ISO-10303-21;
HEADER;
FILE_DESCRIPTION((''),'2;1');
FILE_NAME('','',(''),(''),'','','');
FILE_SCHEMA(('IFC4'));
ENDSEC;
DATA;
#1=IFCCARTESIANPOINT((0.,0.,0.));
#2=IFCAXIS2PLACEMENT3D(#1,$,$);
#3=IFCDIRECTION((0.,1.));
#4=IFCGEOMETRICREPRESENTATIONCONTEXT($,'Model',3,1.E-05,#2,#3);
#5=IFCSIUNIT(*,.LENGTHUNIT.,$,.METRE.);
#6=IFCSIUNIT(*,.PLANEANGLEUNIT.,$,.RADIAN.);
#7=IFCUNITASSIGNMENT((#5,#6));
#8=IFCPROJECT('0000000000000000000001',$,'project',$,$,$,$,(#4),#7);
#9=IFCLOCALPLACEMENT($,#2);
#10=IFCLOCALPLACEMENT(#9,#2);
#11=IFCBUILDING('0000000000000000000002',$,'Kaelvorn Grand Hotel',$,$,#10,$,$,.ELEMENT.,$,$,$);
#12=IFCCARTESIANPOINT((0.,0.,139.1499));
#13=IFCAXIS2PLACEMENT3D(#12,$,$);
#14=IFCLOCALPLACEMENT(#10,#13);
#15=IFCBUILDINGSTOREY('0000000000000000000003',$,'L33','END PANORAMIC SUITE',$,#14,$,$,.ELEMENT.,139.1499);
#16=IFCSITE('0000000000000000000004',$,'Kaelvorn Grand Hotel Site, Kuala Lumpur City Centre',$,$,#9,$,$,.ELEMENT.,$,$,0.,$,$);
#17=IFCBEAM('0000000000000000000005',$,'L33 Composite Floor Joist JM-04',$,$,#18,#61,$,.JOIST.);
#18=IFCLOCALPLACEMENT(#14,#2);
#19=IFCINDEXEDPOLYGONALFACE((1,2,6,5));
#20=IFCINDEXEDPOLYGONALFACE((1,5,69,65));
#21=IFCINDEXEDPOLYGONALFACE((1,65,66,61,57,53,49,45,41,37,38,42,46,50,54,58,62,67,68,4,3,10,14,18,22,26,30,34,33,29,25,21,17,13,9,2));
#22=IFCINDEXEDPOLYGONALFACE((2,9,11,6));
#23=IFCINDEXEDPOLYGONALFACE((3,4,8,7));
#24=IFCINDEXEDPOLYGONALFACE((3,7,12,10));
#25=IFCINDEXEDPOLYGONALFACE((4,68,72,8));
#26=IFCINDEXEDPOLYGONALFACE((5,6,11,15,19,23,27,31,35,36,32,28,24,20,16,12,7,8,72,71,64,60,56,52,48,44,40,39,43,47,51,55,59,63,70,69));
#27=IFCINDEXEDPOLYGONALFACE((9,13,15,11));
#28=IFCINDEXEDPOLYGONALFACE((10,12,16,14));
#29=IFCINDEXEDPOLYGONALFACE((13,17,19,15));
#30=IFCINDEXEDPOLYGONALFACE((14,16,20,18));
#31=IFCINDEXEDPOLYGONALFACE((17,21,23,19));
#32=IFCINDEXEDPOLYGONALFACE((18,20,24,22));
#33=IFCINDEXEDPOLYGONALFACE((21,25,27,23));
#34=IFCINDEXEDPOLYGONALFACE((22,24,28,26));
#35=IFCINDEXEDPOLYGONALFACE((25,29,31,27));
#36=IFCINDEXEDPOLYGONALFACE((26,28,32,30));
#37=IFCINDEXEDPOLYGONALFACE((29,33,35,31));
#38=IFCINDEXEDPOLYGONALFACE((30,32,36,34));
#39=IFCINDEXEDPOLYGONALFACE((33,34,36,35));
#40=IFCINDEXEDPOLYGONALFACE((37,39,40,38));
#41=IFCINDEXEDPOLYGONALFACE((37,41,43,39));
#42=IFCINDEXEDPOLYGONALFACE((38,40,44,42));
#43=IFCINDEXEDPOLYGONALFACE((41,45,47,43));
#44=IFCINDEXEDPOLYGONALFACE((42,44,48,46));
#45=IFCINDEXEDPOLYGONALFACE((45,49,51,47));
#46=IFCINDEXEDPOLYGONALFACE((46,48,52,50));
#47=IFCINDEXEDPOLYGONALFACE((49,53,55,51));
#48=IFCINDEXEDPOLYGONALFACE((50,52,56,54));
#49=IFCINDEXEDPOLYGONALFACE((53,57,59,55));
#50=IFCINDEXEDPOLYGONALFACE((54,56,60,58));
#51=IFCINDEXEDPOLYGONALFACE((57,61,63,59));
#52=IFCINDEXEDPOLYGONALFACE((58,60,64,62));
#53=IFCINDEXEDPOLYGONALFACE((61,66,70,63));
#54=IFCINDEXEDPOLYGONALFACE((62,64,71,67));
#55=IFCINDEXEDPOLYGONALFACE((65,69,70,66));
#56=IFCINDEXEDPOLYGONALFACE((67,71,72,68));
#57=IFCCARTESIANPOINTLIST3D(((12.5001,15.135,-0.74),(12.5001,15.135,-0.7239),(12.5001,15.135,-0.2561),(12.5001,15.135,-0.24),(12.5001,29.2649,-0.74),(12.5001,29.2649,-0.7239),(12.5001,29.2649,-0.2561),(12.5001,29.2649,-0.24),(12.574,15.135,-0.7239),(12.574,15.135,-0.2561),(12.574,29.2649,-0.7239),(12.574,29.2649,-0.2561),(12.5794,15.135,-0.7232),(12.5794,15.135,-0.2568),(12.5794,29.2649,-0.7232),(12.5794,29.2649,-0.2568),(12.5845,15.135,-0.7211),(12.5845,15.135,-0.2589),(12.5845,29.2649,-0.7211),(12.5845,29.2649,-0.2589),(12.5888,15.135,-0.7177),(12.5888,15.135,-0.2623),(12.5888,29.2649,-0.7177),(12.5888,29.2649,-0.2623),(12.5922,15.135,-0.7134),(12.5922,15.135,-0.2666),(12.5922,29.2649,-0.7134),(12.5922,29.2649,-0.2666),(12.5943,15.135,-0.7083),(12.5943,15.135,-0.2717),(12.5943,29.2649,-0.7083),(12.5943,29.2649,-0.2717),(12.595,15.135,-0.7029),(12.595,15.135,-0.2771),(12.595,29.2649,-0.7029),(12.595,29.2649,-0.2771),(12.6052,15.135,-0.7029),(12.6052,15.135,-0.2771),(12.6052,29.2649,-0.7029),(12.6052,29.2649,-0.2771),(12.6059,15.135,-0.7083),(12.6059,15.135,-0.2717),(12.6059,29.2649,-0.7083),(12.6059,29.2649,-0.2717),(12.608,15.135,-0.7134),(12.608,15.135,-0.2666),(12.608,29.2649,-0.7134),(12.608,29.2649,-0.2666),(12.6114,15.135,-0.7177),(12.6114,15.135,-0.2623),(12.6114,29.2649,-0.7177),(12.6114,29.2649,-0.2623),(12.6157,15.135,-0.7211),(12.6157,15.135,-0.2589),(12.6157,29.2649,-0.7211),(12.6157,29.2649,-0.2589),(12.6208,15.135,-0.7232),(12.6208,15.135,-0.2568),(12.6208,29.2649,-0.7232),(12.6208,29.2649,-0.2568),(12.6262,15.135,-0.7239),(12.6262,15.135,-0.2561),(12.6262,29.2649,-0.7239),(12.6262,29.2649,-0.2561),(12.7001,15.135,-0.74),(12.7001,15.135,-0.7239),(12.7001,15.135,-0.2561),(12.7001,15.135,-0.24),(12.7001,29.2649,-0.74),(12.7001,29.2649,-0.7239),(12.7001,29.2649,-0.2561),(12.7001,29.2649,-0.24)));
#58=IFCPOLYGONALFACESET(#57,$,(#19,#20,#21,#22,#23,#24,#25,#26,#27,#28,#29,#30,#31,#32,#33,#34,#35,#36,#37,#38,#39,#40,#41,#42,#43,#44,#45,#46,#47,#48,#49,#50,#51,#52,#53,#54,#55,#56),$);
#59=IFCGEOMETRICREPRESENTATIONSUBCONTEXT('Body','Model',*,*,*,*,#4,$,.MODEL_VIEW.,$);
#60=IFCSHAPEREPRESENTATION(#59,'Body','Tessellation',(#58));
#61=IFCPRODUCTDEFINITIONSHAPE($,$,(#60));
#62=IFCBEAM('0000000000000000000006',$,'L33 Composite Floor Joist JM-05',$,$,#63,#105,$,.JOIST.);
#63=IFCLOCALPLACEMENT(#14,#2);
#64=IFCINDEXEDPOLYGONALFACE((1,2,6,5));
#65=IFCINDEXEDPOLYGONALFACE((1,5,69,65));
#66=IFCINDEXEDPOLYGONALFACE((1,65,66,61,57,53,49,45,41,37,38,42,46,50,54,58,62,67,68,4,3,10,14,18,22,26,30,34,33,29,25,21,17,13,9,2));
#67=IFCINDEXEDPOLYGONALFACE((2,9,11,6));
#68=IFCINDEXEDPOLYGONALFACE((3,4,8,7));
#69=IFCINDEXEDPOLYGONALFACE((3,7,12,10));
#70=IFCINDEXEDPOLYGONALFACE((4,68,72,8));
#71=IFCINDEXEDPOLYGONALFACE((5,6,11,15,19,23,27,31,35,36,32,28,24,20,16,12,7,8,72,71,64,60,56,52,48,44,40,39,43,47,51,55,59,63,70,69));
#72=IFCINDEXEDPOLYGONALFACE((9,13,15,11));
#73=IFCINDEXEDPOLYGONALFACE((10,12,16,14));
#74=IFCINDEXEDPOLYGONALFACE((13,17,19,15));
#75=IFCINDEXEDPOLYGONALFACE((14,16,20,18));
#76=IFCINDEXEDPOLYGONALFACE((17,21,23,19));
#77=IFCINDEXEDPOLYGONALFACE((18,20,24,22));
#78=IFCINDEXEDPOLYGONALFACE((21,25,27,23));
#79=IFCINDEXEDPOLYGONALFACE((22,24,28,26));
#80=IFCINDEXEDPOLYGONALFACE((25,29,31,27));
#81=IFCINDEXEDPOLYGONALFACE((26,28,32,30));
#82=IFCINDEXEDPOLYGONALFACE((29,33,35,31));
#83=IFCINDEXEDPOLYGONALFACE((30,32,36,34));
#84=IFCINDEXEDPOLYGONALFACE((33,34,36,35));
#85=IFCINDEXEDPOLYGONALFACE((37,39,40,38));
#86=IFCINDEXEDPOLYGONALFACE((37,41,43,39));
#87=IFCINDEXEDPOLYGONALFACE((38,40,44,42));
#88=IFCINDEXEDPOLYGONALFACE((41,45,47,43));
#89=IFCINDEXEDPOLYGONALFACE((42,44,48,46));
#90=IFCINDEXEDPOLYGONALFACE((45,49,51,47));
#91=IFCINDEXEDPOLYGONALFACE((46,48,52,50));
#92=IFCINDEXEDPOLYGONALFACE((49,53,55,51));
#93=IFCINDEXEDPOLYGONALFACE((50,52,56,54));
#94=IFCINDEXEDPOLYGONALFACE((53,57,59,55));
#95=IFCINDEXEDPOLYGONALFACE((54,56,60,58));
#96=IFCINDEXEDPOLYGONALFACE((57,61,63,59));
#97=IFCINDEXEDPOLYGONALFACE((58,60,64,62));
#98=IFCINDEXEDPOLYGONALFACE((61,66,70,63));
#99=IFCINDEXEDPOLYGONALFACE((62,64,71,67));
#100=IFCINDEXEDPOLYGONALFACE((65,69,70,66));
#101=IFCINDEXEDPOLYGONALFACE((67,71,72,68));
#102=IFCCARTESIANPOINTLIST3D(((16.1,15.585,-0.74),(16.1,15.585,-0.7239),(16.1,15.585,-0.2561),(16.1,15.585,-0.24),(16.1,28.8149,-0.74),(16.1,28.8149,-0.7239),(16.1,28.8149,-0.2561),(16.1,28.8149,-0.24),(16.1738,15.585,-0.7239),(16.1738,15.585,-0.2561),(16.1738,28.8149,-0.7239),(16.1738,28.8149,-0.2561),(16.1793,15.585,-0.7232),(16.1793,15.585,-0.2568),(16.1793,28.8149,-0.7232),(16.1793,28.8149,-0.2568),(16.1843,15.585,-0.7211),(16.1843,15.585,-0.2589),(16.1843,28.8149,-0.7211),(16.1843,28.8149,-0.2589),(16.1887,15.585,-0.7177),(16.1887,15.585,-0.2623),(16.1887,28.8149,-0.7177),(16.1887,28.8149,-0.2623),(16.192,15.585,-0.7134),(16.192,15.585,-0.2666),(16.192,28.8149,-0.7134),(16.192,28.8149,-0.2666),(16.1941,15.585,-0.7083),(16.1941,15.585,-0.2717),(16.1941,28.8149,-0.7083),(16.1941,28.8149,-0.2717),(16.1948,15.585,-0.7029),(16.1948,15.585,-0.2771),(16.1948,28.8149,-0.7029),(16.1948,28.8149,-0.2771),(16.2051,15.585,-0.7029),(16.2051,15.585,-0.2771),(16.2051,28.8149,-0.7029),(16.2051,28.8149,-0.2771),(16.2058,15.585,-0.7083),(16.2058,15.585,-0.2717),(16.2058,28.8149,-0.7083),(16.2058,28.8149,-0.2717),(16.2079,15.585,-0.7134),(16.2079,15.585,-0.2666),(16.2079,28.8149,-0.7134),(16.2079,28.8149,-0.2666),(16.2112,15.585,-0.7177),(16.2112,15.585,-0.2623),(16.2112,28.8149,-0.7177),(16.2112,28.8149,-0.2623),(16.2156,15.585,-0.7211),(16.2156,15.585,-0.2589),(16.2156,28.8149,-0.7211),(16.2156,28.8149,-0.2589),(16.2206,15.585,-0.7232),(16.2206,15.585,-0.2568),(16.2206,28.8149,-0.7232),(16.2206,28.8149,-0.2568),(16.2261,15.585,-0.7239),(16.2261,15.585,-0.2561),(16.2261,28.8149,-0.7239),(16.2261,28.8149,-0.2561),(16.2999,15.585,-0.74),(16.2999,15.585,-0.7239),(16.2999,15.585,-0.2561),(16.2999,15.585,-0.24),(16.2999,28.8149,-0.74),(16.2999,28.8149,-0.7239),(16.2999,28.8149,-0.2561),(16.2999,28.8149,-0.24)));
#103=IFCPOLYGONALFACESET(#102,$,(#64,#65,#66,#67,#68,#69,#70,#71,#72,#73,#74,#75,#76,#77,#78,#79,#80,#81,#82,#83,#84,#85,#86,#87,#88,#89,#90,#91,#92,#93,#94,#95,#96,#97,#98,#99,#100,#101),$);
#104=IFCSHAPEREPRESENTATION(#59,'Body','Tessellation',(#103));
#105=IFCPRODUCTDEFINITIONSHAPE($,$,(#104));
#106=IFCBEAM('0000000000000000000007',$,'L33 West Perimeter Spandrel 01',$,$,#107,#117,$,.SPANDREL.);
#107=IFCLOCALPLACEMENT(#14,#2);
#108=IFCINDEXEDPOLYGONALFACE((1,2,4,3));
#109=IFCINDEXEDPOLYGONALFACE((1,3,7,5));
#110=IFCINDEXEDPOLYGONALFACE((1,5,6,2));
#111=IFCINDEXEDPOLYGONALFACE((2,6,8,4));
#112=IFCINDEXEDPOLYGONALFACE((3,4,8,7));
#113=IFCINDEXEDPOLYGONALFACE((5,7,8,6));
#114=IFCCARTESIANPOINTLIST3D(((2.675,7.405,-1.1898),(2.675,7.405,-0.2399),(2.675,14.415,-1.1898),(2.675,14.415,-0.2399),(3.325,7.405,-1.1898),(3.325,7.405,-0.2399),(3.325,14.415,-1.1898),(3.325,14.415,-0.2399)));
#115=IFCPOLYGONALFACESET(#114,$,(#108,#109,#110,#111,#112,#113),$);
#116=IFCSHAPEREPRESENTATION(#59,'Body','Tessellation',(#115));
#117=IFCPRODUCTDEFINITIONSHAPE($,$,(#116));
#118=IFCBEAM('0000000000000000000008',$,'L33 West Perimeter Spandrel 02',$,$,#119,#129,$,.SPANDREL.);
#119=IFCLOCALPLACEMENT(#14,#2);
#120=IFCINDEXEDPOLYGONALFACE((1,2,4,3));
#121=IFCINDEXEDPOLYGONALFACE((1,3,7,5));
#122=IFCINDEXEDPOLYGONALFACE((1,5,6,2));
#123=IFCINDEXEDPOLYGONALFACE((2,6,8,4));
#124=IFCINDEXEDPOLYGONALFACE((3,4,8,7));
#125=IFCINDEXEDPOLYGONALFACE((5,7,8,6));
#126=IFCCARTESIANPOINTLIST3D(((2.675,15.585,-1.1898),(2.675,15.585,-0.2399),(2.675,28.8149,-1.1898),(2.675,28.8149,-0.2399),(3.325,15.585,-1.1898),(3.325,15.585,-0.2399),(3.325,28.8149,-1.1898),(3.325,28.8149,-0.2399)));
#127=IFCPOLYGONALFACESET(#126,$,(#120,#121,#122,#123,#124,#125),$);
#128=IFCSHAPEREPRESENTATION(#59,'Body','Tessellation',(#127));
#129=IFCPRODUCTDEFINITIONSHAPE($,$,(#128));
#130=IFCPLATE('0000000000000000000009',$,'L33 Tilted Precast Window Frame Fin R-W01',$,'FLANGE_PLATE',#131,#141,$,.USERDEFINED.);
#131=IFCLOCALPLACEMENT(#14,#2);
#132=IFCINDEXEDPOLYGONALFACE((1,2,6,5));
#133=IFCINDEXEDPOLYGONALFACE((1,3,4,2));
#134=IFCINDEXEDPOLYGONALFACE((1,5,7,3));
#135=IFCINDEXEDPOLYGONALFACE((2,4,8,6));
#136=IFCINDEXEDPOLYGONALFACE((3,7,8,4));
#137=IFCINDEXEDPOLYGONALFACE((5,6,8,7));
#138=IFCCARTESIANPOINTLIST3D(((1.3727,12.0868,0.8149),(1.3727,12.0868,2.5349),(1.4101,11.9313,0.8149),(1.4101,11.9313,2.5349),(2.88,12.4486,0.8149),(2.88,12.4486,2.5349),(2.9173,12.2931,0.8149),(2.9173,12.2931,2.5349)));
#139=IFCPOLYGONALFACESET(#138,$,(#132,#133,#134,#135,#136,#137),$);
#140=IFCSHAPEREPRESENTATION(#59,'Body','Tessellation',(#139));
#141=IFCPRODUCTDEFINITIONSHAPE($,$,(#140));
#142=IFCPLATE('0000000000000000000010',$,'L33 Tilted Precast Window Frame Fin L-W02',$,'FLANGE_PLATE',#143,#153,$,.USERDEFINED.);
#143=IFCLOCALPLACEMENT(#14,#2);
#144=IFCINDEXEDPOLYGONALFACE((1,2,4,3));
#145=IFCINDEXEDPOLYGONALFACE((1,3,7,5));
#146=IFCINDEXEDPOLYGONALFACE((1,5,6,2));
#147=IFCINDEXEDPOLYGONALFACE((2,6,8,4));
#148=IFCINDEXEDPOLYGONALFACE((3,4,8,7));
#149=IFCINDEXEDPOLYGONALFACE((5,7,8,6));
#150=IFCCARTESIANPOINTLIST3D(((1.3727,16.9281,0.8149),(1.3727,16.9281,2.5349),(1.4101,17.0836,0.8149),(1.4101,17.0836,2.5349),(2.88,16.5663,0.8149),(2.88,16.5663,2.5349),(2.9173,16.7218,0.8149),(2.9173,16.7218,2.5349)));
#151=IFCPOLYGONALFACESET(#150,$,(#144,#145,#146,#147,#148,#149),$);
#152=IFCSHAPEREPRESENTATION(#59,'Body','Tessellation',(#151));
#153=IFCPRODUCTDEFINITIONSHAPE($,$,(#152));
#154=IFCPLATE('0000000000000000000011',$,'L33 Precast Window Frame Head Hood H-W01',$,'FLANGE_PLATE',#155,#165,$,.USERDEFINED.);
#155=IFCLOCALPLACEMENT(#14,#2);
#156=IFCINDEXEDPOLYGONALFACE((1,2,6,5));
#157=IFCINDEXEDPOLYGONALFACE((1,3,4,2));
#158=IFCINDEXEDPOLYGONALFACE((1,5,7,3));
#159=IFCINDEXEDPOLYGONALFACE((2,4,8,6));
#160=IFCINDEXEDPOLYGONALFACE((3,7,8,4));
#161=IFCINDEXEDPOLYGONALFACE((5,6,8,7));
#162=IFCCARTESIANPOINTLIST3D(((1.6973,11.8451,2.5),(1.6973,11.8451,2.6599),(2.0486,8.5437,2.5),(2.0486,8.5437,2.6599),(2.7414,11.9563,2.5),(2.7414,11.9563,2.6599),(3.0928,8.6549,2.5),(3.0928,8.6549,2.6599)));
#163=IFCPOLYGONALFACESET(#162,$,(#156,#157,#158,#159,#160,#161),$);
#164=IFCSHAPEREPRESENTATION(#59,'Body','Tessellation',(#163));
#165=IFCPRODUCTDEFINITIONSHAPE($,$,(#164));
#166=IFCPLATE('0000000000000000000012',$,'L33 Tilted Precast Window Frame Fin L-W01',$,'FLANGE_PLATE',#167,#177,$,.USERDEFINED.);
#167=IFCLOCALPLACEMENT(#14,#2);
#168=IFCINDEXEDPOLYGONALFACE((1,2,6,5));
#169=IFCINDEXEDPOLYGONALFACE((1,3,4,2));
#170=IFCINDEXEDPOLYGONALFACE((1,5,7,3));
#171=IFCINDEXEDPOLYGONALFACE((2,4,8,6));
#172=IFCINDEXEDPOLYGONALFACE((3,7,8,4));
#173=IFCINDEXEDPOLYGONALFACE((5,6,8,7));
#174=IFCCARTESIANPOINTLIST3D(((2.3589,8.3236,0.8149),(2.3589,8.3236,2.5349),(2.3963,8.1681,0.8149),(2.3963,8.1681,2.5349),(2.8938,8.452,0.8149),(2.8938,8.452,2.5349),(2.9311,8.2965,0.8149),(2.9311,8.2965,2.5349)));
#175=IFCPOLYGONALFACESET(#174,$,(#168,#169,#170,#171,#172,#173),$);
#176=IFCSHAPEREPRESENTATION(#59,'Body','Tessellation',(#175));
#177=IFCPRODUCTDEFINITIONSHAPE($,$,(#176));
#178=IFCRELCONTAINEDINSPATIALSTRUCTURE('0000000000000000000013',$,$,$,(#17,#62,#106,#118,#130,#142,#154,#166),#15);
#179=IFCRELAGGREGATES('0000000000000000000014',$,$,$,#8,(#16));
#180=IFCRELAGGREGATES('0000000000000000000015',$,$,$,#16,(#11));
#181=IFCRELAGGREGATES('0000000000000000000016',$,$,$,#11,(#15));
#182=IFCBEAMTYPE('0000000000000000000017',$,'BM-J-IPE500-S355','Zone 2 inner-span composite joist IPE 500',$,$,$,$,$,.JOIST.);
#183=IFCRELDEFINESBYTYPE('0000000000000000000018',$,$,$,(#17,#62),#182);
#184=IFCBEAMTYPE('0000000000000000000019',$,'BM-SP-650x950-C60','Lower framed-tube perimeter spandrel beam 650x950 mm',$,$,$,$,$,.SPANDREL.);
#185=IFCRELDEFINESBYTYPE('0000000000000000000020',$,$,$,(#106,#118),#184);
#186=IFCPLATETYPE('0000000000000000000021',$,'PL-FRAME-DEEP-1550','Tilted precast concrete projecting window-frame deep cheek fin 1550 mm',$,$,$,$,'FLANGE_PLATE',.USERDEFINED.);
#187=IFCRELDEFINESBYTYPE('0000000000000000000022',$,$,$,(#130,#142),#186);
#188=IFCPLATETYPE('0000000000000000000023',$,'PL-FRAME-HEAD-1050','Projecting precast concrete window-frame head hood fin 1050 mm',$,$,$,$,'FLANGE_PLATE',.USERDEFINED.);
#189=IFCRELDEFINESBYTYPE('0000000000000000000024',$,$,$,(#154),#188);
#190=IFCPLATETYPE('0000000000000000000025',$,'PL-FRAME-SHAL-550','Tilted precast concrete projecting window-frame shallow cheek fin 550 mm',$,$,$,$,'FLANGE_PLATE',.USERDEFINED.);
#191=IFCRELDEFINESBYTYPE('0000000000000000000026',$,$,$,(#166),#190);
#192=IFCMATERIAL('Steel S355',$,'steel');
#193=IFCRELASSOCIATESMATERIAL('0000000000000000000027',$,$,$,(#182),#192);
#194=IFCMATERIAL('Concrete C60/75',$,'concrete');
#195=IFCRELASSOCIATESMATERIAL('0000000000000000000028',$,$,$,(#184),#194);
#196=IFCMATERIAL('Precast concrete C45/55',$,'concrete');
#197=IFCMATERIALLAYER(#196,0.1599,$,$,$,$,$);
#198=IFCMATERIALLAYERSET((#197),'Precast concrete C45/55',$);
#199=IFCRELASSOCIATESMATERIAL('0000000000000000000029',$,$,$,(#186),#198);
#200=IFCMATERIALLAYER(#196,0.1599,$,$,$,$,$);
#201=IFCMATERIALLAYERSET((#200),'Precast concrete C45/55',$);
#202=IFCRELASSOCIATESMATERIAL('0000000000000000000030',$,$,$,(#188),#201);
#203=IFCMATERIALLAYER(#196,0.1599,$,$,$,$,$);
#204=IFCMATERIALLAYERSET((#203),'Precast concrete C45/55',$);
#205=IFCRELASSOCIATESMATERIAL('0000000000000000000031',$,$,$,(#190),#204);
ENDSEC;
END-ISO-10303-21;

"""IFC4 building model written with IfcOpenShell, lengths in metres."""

from ifc_helpers import new_model, si_unit, direction, frame, origin, origin_2d, place, context, subcontext, project, spatial, rectangle, i_section, extrude, material, layer, layer_set, material_profile, profile_set, type_object, element, save


model = new_model("IFC4")

# Units and contexts
model_context = context("Model", 3, precision=1e-05, world=origin(), true_north=direction((0.0, 1.0)))
body_context = subcontext(model_context, "Body", "Model", "MODEL_VIEW")
ifc_project = project(units=[si_unit("LENGTHUNIT", "METRE"), si_unit("PLANEANGLEUNIT", "RADIAN")], contexts=[model_context])

# Site, building, storey
site_placement = place(None, origin())
site = spatial("IfcSite", under=ifc_project, at=site_placement, Name="Kaelvorn Grand Hotel Site, Kuala Lumpur City Centre", CompositionType="ELEMENT", RefElevation=0.0)
building_placement = place(site_placement, origin())
building = spatial("IfcBuilding", under=site, at=building_placement, Name="Kaelvorn Grand Hotel", CompositionType="ELEMENT")
storey_placement = place(building_placement, frame((0.0, 0.0, 139.1499)))
storey = spatial("IfcBuildingStorey", under=building, at=storey_placement, Name="L33", Description="END PANORAMIC SUITE", CompositionType="ELEMENT", Elevation=139.1499)

# Shared definitions
ifc_material_1 = material(Name="Concrete C60/75", Category="concrete")

# Beams
ifc_material_2 = material(Name="Steel S355", Category="steel")
ifc_material_profile_1 = material_profile(ifc_material_2, i_section(OverallWidth=0.2, OverallDepth=0.5, WebThickness=0.0103, FlangeThickness=0.0161, FilletRadius=0.021, at=origin_2d()), Name="IPE 500")
ifc_profile_set_1 = profile_set([ifc_material_profile_1], Name="Steel S355")
beam_type_1 = type_object("IfcBeamType", Name="BM-J-IPE500-S355", Description="Zone 2 inner-span composite joist IPE 500", PredefinedType="JOIST", material=ifc_profile_set_1)
beam_1_placement = place(storey_placement, frame((12.6001, 15.135, -0.49), z_axis=(0.0, 1.0, 0.0), x_axis=(-1.0, 0.0, 0.0)))
element("IfcBeam", 1, at=beam_1_placement, inside=storey, type_object=beam_type_1, Name="L33 Composite Floor Joist JM-04", PredefinedType="JOIST", context=body_context, shape_type="SweptSolid", body=[
    extrude(i_section(OverallWidth=0.2, OverallDepth=0.5, WebThickness=0.0103, FlangeThickness=0.0161, FilletRadius=0.021, at=origin_2d()), origin(), (0.0, 0.0, 1.0), 14.1299),
])
beam_2_placement = place(storey_placement, frame((16.2, 15.585, -0.49), z_axis=(0.0, 1.0, 0.0), x_axis=(-1.0, 0.0, 0.0)))
element("IfcBeam", 2, at=beam_2_placement, inside=storey, type_object=beam_type_1, Name="L33 Composite Floor Joist JM-05", PredefinedType="JOIST", context=body_context, shape_type="SweptSolid", body=[
    extrude(i_section(OverallWidth=0.2, OverallDepth=0.5, WebThickness=0.0103, FlangeThickness=0.0161, FilletRadius=0.021, at=origin_2d()), origin(), (0.0, 0.0, 1.0), 13.23),
])
ifc_material_profile_2 = material_profile(ifc_material_1, rectangle(XDim=0.6499, YDim=0.95, at=origin_2d()), Name="RC SPANDREL 650x950")
ifc_profile_set_2 = profile_set([ifc_material_profile_2], Name="Concrete C60/75")
beam_type_2 = type_object("IfcBeamType", Name="BM-SP-650x950-C60", Description="Lower framed-tube perimeter spandrel beam 650x950 mm", PredefinedType="SPANDREL", material=ifc_profile_set_2)
beam_3_placement = place(storey_placement, frame((3.0, 7.405, -0.7148), z_axis=(0.0, 1.0, 0.0), x_axis=(-1.0, 0.0, 0.0)))
element("IfcBeam", 3, at=beam_3_placement, inside=storey, type_object=beam_type_2, Name="L33 West Perimeter Spandrel 01", PredefinedType="SPANDREL", context=body_context, shape_type="SweptSolid", body=[
    extrude(rectangle(XDim=0.6499, YDim=0.95, at=origin_2d()), origin(), (0.0, 0.0, 1.0), 7.01),
])
beam_4_placement = place(storey_placement, frame((3.0, 15.585, -0.7148), z_axis=(0.0, 1.0, 0.0), x_axis=(-1.0, 0.0, 0.0)))
element("IfcBeam", 4, at=beam_4_placement, inside=storey, type_object=beam_type_2, Name="L33 West Perimeter Spandrel 02", PredefinedType="SPANDREL", context=body_context, shape_type="SweptSolid", body=[
    extrude(rectangle(XDim=0.6499, YDim=0.95, at=origin_2d()), origin(), (0.0, 0.0, 1.0), 13.23),
])

# Plates
ifc_material_3 = material(Name="Precast concrete C45/55", Category="concrete")
ifc_layer_1 = layer(ifc_material_3, 0.1599)
ifc_layer_set_1 = layer_set([ifc_layer_1], Name="Precast concrete C45/55")
plate_type_1 = type_object("IfcPlateType", Name="PL-FRAME-DEEP-1550", Description="Tilted precast concrete projecting window-frame deep cheek fin 1550 mm", ElementType="FLANGE_PLATE", PredefinedType="USERDEFINED", material=ifc_layer_set_1)
for number, where, z_axis, x_axis, name in (
    (5, (2.145, 12.1899, 0.8149), (0.0, 0.0, 1.0), (-0.233445, 0.97237, 0.0), "L33 Tilted Precast Window Frame Fin R-W01"),
    (6, (2.145, 16.825, 0.8149), (0.0, 0.0, 1.0), (0.233445, 0.97237, 0.0), "L33 Tilted Precast Window Frame Fin L-W02"),
):
    element("IfcPlate", number, at=place(storey_placement, frame(where, z_axis=z_axis, x_axis=x_axis)), inside=storey, type_object=plate_type_1, Name=name, ObjectType="FLANGE_PLATE", PredefinedType="USERDEFINED", context=body_context, shape_type="SweptSolid", body=[
        extrude(rectangle(XDim=0.1599, YDim=1.55, at=origin_2d()), origin(), (0.0, 0.0, 1.0), 1.72),
    ])
ifc_layer_2 = layer(ifc_material_3, 0.1599)
ifc_layer_set_2 = layer_set([ifc_layer_2], Name="Precast concrete C45/55")
plate_type_2 = type_object("IfcPlateType", Name="PL-FRAME-HEAD-1050", Description="Projecting precast concrete window-frame head hood fin 1050 mm", ElementType="FLANGE_PLATE", PredefinedType="USERDEFINED", material=ifc_layer_set_2)
plate_1_placement = place(storey_placement, frame((2.395, 10.25, 2.5), z_axis=(0.0, 0.0, 1.0), x_axis=(-0.10583, 0.994384, 0.0)))
element("IfcPlate", 7, at=plate_1_placement, inside=storey, type_object=plate_type_2, Name="L33 Precast Window Frame Head Hood H-W01", ObjectType="FLANGE_PLATE", PredefinedType="USERDEFINED", context=body_context, shape_type="SweptSolid", body=[
    extrude(rectangle(XDim=3.3201, YDim=1.05, at=origin_2d()), origin(), (0.0, 0.0, 1.0), 0.1599),
])
ifc_layer_3 = layer(ifc_material_3, 0.1599)
ifc_layer_set_3 = layer_set([ifc_layer_3], Name="Precast concrete C45/55")
plate_type_3 = type_object("IfcPlateType", Name="PL-FRAME-SHAL-550", Description="Tilted precast concrete projecting window-frame shallow cheek fin 550 mm", ElementType="FLANGE_PLATE", PredefinedType="USERDEFINED", material=ifc_layer_set_3)
plate_2_placement = place(storey_placement, frame((2.645, 8.3101, 0.8149), z_axis=(0.0, 0.0, 1.0), x_axis=(-0.233445, 0.97237, 0.0)))
element("IfcPlate", 8, at=plate_2_placement, inside=storey, type_object=plate_type_3, Name="L33 Tilted Precast Window Frame Fin L-W01", ObjectType="FLANGE_PLATE", PredefinedType="USERDEFINED", context=body_context, shape_type="SweptSolid", body=[
    extrude(rectangle(XDim=0.1599, YDim=0.55, at=origin_2d()), origin(), (0.0, 0.0, 1.0), 1.72),
])

save(model, "model.ifc")
